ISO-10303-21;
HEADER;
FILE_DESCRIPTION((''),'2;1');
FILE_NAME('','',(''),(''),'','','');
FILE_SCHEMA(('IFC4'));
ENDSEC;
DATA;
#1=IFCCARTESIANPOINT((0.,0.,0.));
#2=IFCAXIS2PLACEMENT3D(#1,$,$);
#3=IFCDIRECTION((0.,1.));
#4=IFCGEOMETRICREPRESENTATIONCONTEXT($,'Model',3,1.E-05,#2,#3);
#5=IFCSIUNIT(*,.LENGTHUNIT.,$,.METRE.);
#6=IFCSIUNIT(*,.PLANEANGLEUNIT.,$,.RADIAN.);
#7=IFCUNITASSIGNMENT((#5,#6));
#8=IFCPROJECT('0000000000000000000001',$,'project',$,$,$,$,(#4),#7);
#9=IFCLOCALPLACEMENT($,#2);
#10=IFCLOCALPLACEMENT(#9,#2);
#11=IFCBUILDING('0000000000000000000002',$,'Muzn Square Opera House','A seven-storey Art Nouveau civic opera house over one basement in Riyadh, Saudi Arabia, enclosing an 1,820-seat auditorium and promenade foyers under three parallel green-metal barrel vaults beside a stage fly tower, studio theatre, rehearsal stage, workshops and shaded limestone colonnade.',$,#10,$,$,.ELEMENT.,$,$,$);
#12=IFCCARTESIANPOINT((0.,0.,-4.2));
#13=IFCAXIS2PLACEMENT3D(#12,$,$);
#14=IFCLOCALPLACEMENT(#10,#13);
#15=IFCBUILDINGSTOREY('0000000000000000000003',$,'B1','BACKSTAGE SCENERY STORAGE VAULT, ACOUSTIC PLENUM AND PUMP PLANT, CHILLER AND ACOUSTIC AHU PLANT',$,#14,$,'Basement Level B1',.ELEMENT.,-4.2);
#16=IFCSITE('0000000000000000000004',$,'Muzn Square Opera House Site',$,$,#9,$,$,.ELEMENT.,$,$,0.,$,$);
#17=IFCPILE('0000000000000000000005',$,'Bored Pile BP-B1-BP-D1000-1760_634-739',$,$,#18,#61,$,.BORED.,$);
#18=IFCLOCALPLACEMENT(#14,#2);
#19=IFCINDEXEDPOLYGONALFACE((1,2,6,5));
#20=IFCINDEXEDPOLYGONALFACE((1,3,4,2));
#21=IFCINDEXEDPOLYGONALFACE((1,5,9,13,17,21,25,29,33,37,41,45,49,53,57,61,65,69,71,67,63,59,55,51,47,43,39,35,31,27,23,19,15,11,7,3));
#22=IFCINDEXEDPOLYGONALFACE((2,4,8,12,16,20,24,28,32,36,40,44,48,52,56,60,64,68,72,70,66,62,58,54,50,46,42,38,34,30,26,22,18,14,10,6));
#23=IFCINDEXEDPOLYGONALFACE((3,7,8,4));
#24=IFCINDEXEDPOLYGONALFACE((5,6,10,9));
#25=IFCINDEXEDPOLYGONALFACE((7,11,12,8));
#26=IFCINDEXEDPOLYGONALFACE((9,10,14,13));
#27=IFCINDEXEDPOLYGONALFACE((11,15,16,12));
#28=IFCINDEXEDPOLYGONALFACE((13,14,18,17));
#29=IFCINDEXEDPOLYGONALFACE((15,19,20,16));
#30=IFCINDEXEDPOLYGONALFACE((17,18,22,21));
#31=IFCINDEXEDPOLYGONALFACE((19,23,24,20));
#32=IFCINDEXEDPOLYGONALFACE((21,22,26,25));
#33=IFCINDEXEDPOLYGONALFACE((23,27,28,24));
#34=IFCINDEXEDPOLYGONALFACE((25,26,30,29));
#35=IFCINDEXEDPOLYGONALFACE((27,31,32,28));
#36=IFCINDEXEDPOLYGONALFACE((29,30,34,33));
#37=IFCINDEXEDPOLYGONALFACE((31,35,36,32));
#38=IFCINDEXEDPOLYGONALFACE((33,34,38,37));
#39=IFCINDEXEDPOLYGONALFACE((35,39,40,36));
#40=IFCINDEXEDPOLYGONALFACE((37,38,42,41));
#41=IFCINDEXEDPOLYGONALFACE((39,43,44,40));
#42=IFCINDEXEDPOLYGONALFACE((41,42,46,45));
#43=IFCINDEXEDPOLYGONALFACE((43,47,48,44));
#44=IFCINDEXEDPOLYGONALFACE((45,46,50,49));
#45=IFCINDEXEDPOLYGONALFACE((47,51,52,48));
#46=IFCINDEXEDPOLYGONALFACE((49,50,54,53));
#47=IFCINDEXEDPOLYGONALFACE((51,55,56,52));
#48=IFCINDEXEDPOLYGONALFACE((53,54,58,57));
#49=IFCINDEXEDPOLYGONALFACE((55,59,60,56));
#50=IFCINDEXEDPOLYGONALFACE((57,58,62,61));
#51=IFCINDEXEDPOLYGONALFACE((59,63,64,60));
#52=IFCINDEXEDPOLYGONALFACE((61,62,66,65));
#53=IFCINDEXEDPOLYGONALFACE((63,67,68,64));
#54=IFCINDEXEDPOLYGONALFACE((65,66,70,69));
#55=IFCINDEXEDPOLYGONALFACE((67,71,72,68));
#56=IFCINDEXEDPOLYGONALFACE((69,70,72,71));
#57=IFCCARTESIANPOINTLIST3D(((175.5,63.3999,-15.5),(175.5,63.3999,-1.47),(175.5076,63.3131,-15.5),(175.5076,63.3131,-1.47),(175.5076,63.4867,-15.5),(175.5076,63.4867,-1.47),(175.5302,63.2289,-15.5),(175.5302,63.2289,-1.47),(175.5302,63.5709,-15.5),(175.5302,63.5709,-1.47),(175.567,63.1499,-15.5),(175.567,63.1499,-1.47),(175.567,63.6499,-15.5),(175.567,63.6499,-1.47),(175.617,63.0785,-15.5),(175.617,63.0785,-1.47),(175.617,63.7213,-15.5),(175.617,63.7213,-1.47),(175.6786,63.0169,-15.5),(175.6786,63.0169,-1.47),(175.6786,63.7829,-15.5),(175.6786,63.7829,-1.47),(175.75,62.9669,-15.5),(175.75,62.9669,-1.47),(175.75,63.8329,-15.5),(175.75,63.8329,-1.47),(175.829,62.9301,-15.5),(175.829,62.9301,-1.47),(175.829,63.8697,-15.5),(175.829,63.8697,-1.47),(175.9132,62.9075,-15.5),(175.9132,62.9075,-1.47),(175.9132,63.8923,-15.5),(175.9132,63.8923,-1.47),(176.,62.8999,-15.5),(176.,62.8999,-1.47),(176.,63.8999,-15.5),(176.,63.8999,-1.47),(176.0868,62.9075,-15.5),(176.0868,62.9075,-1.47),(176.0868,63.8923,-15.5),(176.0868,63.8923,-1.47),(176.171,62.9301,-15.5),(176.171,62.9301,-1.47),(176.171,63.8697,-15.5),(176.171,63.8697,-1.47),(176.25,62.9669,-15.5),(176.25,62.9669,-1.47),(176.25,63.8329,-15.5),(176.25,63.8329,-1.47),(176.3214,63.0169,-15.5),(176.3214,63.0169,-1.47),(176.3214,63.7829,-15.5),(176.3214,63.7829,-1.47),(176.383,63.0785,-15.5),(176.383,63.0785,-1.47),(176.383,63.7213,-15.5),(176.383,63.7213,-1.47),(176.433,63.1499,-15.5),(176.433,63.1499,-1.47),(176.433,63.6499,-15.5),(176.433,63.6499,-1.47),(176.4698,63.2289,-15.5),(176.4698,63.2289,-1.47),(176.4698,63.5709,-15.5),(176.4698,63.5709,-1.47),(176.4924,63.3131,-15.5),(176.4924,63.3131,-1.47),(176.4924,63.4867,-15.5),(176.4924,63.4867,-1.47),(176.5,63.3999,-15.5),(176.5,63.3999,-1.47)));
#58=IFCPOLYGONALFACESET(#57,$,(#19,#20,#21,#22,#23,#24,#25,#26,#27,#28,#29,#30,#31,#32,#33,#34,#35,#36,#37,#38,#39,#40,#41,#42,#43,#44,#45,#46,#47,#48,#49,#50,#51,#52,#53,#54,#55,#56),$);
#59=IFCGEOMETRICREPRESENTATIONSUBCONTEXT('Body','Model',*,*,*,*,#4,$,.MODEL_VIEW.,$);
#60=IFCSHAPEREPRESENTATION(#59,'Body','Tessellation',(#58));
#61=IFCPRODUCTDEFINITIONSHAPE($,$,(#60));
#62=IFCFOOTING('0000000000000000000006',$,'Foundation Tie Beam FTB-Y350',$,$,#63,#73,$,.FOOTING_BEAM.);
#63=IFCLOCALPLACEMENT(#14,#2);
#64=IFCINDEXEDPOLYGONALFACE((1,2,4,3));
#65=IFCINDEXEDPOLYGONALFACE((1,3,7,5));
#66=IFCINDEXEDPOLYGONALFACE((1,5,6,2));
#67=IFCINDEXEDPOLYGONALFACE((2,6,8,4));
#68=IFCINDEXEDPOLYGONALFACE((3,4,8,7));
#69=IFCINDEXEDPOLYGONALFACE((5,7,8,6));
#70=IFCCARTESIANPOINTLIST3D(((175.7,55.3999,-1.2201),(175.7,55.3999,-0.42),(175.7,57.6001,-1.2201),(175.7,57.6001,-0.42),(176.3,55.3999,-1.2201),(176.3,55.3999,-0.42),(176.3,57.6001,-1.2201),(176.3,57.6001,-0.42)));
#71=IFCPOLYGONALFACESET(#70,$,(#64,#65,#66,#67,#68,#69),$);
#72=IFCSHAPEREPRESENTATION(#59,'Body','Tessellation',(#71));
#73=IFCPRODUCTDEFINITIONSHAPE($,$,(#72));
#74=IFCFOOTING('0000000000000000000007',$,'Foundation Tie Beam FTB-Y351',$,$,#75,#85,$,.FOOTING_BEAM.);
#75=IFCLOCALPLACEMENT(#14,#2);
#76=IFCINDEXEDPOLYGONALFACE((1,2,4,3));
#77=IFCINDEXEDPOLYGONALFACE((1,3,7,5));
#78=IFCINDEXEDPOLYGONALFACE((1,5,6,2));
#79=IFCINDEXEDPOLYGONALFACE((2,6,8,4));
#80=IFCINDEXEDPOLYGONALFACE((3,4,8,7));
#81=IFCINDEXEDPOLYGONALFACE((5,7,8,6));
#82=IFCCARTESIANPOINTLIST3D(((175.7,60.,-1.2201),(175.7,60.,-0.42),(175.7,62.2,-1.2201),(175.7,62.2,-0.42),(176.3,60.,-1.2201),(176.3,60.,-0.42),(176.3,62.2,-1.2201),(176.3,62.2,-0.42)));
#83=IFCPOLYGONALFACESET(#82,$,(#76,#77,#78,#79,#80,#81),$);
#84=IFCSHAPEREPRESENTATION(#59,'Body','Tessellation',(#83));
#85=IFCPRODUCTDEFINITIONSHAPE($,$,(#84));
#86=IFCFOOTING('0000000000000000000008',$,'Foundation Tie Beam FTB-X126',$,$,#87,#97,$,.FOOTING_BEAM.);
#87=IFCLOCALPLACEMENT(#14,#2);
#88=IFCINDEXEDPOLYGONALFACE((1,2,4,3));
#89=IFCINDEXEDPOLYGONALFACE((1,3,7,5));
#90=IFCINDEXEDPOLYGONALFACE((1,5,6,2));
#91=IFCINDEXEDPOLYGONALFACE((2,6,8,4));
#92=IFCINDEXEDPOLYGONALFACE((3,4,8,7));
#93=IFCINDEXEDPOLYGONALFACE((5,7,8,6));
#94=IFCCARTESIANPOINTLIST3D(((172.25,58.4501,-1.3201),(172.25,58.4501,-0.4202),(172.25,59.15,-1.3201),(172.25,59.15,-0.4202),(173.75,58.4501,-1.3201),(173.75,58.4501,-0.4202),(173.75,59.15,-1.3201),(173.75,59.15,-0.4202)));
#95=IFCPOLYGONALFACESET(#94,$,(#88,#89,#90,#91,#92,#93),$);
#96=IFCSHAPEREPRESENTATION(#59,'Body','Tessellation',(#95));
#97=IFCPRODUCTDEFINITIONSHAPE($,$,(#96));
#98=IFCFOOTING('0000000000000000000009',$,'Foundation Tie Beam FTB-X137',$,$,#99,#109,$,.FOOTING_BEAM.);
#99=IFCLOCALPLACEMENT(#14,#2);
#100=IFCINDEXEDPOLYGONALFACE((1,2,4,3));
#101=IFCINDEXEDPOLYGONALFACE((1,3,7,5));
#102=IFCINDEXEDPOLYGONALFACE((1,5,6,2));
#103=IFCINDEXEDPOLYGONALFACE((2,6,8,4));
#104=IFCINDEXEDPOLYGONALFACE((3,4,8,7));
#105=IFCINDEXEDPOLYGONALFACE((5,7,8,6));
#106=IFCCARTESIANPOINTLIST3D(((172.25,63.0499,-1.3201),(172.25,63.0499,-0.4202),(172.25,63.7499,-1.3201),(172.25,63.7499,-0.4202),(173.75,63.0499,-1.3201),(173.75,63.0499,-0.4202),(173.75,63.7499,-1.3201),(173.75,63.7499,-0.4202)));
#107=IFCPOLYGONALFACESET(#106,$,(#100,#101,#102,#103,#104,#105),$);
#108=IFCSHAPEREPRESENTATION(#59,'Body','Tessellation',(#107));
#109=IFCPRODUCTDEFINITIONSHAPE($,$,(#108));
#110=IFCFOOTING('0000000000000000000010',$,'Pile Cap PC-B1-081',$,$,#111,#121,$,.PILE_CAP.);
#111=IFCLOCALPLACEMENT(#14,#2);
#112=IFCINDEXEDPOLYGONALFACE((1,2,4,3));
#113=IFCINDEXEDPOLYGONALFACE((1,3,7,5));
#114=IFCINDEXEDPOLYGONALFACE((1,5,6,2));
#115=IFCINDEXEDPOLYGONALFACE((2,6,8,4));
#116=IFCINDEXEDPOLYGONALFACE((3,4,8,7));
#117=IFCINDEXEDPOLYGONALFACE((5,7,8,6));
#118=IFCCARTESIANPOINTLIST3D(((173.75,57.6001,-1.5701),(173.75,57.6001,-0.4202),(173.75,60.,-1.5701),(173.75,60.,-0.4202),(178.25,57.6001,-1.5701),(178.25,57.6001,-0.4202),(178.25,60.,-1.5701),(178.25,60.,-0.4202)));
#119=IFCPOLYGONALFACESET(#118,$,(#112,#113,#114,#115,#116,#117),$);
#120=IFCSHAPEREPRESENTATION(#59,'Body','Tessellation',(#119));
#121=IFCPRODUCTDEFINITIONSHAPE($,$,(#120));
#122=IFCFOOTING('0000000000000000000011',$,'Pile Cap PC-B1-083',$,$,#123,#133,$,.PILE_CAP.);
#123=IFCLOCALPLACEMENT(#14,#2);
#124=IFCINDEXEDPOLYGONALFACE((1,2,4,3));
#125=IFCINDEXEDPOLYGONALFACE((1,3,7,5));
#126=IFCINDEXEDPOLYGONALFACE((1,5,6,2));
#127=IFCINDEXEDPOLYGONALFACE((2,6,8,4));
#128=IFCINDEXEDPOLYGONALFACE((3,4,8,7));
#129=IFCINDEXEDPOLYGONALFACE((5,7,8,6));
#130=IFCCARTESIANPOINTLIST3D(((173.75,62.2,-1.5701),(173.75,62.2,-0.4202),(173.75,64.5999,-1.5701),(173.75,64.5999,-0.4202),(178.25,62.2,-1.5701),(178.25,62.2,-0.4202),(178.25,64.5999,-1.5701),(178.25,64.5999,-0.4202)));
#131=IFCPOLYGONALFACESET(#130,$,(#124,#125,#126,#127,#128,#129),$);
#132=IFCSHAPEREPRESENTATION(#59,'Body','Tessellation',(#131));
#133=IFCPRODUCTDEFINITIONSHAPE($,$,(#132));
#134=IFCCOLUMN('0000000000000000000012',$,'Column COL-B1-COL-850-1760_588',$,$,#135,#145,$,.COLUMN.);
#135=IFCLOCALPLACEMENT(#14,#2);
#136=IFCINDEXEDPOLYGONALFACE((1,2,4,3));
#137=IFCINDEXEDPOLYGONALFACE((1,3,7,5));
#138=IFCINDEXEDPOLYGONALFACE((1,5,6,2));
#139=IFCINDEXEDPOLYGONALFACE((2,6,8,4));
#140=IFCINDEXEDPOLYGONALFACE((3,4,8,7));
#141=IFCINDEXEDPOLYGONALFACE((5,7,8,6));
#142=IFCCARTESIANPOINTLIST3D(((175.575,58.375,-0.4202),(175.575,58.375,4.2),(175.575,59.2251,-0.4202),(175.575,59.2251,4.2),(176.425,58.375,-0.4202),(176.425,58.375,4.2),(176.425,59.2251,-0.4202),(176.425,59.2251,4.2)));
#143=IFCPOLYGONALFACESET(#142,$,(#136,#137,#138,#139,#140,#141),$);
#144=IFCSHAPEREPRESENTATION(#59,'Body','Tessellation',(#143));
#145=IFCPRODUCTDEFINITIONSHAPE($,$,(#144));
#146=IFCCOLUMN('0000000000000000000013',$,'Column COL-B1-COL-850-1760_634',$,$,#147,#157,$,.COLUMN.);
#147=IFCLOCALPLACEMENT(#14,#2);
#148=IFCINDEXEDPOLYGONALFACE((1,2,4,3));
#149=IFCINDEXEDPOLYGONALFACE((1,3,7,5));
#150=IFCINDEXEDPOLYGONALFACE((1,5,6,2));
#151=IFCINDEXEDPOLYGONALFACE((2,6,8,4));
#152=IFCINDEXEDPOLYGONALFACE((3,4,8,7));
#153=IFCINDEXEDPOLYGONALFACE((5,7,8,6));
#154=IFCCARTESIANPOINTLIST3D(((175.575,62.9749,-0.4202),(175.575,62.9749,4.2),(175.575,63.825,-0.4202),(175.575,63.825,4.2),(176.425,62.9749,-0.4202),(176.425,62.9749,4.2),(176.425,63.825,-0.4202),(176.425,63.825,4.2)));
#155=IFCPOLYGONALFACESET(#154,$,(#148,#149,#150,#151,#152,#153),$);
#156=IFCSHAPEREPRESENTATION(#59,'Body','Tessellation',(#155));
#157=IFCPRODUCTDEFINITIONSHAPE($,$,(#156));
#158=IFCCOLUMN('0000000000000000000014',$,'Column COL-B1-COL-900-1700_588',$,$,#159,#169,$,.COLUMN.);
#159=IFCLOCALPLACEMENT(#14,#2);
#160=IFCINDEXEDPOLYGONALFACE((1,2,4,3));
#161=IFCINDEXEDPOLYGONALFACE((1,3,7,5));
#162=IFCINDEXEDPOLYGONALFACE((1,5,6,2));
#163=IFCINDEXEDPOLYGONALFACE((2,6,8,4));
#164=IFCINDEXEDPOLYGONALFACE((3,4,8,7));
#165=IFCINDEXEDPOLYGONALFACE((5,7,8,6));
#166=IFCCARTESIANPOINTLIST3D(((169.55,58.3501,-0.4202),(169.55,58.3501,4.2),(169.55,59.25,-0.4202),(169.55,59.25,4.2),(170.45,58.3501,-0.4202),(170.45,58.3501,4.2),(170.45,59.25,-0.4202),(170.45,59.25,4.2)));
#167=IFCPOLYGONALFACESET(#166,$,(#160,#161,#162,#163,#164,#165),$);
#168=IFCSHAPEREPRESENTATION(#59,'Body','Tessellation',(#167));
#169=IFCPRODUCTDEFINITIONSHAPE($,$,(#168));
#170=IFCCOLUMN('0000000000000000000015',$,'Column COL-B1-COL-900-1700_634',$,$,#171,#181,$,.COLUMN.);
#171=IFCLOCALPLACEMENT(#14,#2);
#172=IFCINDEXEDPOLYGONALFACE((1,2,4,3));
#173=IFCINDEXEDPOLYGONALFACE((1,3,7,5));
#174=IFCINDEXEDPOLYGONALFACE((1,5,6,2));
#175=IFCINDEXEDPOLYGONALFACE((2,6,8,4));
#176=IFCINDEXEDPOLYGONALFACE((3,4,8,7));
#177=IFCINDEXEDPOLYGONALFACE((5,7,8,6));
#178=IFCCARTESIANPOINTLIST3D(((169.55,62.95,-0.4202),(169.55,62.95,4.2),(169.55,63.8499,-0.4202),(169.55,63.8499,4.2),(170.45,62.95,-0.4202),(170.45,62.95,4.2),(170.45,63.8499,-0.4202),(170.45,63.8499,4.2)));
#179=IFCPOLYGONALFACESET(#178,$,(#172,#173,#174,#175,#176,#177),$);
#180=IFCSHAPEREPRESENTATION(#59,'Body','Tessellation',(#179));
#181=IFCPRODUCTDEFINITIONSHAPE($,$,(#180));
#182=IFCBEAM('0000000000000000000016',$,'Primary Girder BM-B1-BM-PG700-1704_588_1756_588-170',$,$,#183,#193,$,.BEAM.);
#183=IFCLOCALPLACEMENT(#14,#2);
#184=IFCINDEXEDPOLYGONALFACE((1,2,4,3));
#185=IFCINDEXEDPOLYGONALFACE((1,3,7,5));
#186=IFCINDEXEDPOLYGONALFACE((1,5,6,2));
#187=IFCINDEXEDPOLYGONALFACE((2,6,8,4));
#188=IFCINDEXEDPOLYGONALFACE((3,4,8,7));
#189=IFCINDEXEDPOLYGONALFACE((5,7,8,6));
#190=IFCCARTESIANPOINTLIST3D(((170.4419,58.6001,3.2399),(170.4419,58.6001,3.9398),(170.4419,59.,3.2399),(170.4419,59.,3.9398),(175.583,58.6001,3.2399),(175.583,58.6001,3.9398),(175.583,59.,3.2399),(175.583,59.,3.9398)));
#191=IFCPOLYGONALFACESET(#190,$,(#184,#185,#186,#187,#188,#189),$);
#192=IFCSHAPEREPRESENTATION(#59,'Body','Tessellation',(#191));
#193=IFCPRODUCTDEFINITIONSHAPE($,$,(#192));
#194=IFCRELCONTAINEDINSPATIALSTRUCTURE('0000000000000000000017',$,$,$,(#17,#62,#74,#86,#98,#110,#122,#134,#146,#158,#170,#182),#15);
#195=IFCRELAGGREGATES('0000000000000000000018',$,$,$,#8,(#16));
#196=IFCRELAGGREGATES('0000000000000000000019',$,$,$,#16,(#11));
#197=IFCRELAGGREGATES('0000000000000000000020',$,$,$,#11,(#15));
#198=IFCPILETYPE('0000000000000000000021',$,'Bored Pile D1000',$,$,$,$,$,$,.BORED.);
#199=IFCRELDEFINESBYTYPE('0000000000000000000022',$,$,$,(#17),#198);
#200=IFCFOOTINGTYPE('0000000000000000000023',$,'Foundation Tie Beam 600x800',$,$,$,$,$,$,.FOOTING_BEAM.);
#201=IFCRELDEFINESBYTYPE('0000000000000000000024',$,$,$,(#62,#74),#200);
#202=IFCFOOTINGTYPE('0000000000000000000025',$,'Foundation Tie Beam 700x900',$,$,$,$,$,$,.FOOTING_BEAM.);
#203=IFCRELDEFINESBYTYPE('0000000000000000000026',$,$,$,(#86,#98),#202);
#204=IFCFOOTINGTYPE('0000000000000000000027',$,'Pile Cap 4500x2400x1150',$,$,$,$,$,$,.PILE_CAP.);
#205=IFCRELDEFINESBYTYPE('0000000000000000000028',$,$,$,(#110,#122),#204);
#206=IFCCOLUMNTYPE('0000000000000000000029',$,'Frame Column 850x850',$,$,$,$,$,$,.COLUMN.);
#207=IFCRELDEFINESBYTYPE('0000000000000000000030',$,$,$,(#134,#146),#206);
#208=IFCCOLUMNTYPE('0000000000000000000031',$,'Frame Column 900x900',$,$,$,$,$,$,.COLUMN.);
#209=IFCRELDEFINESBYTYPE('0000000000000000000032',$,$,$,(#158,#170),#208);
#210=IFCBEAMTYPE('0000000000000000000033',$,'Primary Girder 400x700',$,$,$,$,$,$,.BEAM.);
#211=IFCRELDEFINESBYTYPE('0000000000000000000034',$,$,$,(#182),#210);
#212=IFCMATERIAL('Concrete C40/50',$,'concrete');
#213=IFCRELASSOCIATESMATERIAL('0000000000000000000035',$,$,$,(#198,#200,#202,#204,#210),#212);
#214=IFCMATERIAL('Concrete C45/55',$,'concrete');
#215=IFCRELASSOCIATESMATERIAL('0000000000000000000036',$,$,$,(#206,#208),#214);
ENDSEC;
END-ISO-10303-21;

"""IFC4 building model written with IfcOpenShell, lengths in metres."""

from ifc_helpers import new_model, si_unit, direction, frame, origin, origin_2d, place, context, subcontext, project, spatial, rectangle, circle, extrude, material, material_profile, profile_set, type_object, element, save


model = new_model("IFC4")

# Units and contexts
model_context = context("Model", 3, precision=1e-05, world=origin(), true_north=direction((0.0, 1.0)))
body_context = subcontext(model_context, "Body", "Model", "MODEL_VIEW")
ifc_project = project(units=[si_unit("LENGTHUNIT", "METRE"), si_unit("PLANEANGLEUNIT", "RADIAN")], contexts=[model_context])

# Site, building, storey
site_placement = place(None, origin())
site = spatial("IfcSite", under=ifc_project, at=site_placement, Name="Muzn Square Opera House Site", CompositionType="ELEMENT", RefElevation=0.0)
building_placement = place(site_placement, origin())
building = spatial("IfcBuilding", under=site, at=building_placement, Name="Muzn Square Opera House", Description="A seven-storey Art Nouveau civic opera house over one basement in Riyadh, Saudi Arabia, enclosing an 1,820-seat auditorium and promenade foyers under three parallel green-metal barrel vaults beside a stage fly tower, studio theatre, rehearsal stage, workshops and shaded limestone colonnade.", CompositionType="ELEMENT")
storey_placement = place(building_placement, frame((0.0, 0.0, -4.2)))
storey = spatial("IfcBuildingStorey", under=building, at=storey_placement, Name="B1", Description="BACKSTAGE SCENERY STORAGE VAULT, ACOUSTIC PLENUM AND PUMP PLANT, CHILLER AND ACOUSTIC AHU PLANT", LongName="Basement Level B1", CompositionType="ELEMENT", Elevation=-4.2)

# Pile
ifc_material_1 = material(Name="Concrete C40/50", Category="concrete")
ifc_material_profile_1 = material_profile(ifc_material_1, circle(Radius=0.5, at=origin_2d()), Name="BORED PILE D1000", Category="concrete")
ifc_profile_set_1 = profile_set([ifc_material_profile_1], Name="Concrete C40/50")
pile_type = type_object("IfcPileType", Name="Bored Pile D1000", PredefinedType="BORED", material=ifc_profile_set_1)
for number, where, z_axis, x_axis, name in (
    (1, (176.0, 63.3999, -1.47), (0.0, 0.0, -1.0), (1.0, 0.0, 0.0), "Bored Pile BP-B1-BP-D1000-1760_634-739"),
):
    element("IfcPile", number, at=place(storey_placement, frame(where, z_axis=z_axis, x_axis=x_axis)), inside=storey, type_object=pile_type, Name=name, PredefinedType="BORED", context=body_context, shape_type="SweptSolid", body=[
        extrude(circle(Radius=0.5, at=origin_2d()), origin(), (0.0, 0.0, 1.0), 14.03),
    ])

# Footings
ifc_material_profile_2 = material_profile(ifc_material_1, rectangle(XDim=0.6001, YDim=0.8, at=origin_2d()), Name="RCTB 600x800", Category="concrete")
ifc_profile_set_2 = profile_set([ifc_material_profile_2], Name="Concrete C40/50")
footing_type_1 = type_object("IfcFootingType", Name="Foundation Tie Beam 600x800", PredefinedType="FOOTING_BEAM", material=ifc_profile_set_2)
footing_1_placement = place(storey_placement, frame((176.0, 55.3999, -0.8201), z_axis=(0.0, 1.0, 0.0), x_axis=(-1.0, 0.0, 0.0)))
element("IfcFooting", 2, at=footing_1_placement, inside=storey, type_object=footing_type_1, Name="Foundation Tie Beam FTB-Y350", PredefinedType="FOOTING_BEAM", context=body_context, shape_type="SweptSolid", body=[
    extrude(rectangle(XDim=0.6001, YDim=0.8, at=origin_2d()), origin(), (0.0, 0.0, 1.0), 2.2002),
])
footing_2_placement = place(storey_placement, frame((176.0, 60.0, -0.8201), z_axis=(0.0, 1.0, 0.0), x_axis=(-1.0, 0.0, 0.0)))
element("IfcFooting", 3, at=footing_2_placement, inside=storey, type_object=footing_type_1, Name="Foundation Tie Beam FTB-Y351", PredefinedType="FOOTING_BEAM", context=body_context, shape_type="SweptSolid", body=[
    extrude(rectangle(XDim=0.6001, YDim=0.8, at=origin_2d()), origin(), (0.0, 0.0, 1.0), 2.2),
])
ifc_material_profile_3 = material_profile(ifc_material_1, rectangle(XDim=0.7, YDim=0.8999, at=origin_2d()), Name="RCTB 700x900", Category="concrete")
ifc_profile_set_3 = profile_set([ifc_material_profile_3], Name="Concrete C40/50")
footing_type_2 = type_object("IfcFootingType", Name="Foundation Tie Beam 700x900", PredefinedType="FOOTING_BEAM", material=ifc_profile_set_3)
for number, where, z_axis, x_axis, name in (
    (4, (172.25, 58.8, -0.8701), (1.0, 0.0, 0.0), (0.0, 1.0, 0.0), "Foundation Tie Beam FTB-X126"),
    (5, (172.25, 63.3999, -0.8701), (1.0, 0.0, 0.0), (0.0, 1.0, 0.0), "Foundation Tie Beam FTB-X137"),
):
    element("IfcFooting", number, at=place(storey_placement, frame(where, z_axis=z_axis, x_axis=x_axis)), inside=storey, type_object=footing_type_2, Name=name, PredefinedType="FOOTING_BEAM", context=body_context, shape_type="SweptSolid", body=[
        extrude(rectangle(XDim=0.7, YDim=0.8999, at=origin_2d()), origin(), (0.0, 0.0, 1.0), 1.5),
    ])
footing_type_3 = type_object("IfcFootingType", Name="Pile Cap 4500x2400x1150", PredefinedType="PILE_CAP", material=ifc_material_1)
for number, where, z_axis, x_axis, name in (
    (6, (176.0, 58.8, -1.5701), (0.0, 0.0, 1.0), (1.0, 0.0, 0.0), "Pile Cap PC-B1-081"),
    (7, (176.0, 63.3999, -1.5701), (0.0, 0.0, 1.0), (1.0, 0.0, 0.0), "Pile Cap PC-B1-083"),
):
    element("IfcFooting", number, at=place(storey_placement, frame(where, z_axis=z_axis, x_axis=x_axis)), inside=storey, type_object=footing_type_3, Name=name, PredefinedType="PILE_CAP", context=body_context, shape_type="SweptSolid", body=[
        extrude(rectangle(XDim=4.5, YDim=2.3999, at=origin_2d()), origin(), (0.0, 0.0, 1.0), 1.1499),
    ])

# Columns
ifc_material_2 = material(Name="Concrete C45/55", Category="concrete")
ifc_material_profile_4 = material_profile(ifc_material_2, rectangle(XDim=0.8501, YDim=0.8501, at=origin_2d()), Name="RC 850x850", Category="concrete")
ifc_profile_set_4 = profile_set([ifc_material_profile_4], Name="Concrete C45/55")
column_type_1 = type_object("IfcColumnType", Name="Frame Column 850x850", PredefinedType="COLUMN", material=ifc_profile_set_4)
for number, where, z_axis, x_axis, name in (
    (8, (176.0, 58.8, -0.4202), (0.0, 0.0, 1.0), (1.0, 0.0, 0.0), "Column COL-B1-COL-850-1760_588"),
    (9, (176.0, 63.3999, -0.4202), (0.0, 0.0, 1.0), (1.0, 0.0, 0.0), "Column COL-B1-COL-850-1760_634"),
):
    element("IfcColumn", number, at=place(storey_placement, frame(where, z_axis=z_axis, x_axis=x_axis)), inside=storey, type_object=column_type_1, Name=name, PredefinedType="COLUMN", context=body_context, shape_type="SweptSolid", body=[
        extrude(rectangle(XDim=0.8501, YDim=0.8501, at=origin_2d()), origin(), (0.0, 0.0, 1.0), 4.6201),
    ])
ifc_material_profile_5 = material_profile(ifc_material_2, rectangle(XDim=0.8999, YDim=0.8999, at=origin_2d()), Name="RC 900x900", Category="concrete")
ifc_profile_set_5 = profile_set([ifc_material_profile_5], Name="Concrete C45/55")
column_type_2 = type_object("IfcColumnType", Name="Frame Column 900x900", PredefinedType="COLUMN", material=ifc_profile_set_5)
for number, where, z_axis, x_axis, name in (
    (10, (170.0, 58.8, -0.4202), (0.0, 0.0, 1.0), (1.0, 0.0, 0.0), "Column COL-B1-COL-900-1700_588"),
    (11, (170.0, 63.3999, -0.4202), (0.0, 0.0, 1.0), (1.0, 0.0, 0.0), "Column COL-B1-COL-900-1700_634"),
):
    element("IfcColumn", number, at=place(storey_placement, frame(where, z_axis=z_axis, x_axis=x_axis)), inside=storey, type_object=column_type_2, Name=name, PredefinedType="COLUMN", context=body_context, shape_type="SweptSolid", body=[
        extrude(rectangle(XDim=0.8999, YDim=0.8999, at=origin_2d()), origin(), (0.0, 0.0, 1.0), 4.6201),
    ])

# Beam
ifc_material_profile_6 = material_profile(ifc_material_1, rectangle(XDim=0.3999, YDim=0.7, at=origin_2d()), Name="RCB 400x700", Category="concrete")
ifc_profile_set_6 = profile_set([ifc_material_profile_6], Name="Concrete C40/50")
beam_type_1 = type_object("IfcBeamType", Name="Primary Girder 400x700", PredefinedType="BEAM", material=ifc_profile_set_6)
for number, where, z_axis, x_axis, name in (
    (12, (170.4419, 58.8, 3.5898), (1.0, 0.0, 0.0), (0.0, 1.0, 0.0), "Primary Girder BM-B1-BM-PG700-1704_588_1756_588-170"),
):
    element("IfcBeam", number, at=place(storey_placement, frame(where, z_axis=z_axis, x_axis=x_axis)), inside=storey, type_object=beam_type_1, Name=name, PredefinedType="BEAM", context=body_context, shape_type="SweptSolid", body=[
        extrude(rectangle(XDim=0.3999, YDim=0.7, at=origin_2d()), origin(), (0.0, 0.0, 1.0), 5.1411),
    ])

save(model, "model.ifc")
